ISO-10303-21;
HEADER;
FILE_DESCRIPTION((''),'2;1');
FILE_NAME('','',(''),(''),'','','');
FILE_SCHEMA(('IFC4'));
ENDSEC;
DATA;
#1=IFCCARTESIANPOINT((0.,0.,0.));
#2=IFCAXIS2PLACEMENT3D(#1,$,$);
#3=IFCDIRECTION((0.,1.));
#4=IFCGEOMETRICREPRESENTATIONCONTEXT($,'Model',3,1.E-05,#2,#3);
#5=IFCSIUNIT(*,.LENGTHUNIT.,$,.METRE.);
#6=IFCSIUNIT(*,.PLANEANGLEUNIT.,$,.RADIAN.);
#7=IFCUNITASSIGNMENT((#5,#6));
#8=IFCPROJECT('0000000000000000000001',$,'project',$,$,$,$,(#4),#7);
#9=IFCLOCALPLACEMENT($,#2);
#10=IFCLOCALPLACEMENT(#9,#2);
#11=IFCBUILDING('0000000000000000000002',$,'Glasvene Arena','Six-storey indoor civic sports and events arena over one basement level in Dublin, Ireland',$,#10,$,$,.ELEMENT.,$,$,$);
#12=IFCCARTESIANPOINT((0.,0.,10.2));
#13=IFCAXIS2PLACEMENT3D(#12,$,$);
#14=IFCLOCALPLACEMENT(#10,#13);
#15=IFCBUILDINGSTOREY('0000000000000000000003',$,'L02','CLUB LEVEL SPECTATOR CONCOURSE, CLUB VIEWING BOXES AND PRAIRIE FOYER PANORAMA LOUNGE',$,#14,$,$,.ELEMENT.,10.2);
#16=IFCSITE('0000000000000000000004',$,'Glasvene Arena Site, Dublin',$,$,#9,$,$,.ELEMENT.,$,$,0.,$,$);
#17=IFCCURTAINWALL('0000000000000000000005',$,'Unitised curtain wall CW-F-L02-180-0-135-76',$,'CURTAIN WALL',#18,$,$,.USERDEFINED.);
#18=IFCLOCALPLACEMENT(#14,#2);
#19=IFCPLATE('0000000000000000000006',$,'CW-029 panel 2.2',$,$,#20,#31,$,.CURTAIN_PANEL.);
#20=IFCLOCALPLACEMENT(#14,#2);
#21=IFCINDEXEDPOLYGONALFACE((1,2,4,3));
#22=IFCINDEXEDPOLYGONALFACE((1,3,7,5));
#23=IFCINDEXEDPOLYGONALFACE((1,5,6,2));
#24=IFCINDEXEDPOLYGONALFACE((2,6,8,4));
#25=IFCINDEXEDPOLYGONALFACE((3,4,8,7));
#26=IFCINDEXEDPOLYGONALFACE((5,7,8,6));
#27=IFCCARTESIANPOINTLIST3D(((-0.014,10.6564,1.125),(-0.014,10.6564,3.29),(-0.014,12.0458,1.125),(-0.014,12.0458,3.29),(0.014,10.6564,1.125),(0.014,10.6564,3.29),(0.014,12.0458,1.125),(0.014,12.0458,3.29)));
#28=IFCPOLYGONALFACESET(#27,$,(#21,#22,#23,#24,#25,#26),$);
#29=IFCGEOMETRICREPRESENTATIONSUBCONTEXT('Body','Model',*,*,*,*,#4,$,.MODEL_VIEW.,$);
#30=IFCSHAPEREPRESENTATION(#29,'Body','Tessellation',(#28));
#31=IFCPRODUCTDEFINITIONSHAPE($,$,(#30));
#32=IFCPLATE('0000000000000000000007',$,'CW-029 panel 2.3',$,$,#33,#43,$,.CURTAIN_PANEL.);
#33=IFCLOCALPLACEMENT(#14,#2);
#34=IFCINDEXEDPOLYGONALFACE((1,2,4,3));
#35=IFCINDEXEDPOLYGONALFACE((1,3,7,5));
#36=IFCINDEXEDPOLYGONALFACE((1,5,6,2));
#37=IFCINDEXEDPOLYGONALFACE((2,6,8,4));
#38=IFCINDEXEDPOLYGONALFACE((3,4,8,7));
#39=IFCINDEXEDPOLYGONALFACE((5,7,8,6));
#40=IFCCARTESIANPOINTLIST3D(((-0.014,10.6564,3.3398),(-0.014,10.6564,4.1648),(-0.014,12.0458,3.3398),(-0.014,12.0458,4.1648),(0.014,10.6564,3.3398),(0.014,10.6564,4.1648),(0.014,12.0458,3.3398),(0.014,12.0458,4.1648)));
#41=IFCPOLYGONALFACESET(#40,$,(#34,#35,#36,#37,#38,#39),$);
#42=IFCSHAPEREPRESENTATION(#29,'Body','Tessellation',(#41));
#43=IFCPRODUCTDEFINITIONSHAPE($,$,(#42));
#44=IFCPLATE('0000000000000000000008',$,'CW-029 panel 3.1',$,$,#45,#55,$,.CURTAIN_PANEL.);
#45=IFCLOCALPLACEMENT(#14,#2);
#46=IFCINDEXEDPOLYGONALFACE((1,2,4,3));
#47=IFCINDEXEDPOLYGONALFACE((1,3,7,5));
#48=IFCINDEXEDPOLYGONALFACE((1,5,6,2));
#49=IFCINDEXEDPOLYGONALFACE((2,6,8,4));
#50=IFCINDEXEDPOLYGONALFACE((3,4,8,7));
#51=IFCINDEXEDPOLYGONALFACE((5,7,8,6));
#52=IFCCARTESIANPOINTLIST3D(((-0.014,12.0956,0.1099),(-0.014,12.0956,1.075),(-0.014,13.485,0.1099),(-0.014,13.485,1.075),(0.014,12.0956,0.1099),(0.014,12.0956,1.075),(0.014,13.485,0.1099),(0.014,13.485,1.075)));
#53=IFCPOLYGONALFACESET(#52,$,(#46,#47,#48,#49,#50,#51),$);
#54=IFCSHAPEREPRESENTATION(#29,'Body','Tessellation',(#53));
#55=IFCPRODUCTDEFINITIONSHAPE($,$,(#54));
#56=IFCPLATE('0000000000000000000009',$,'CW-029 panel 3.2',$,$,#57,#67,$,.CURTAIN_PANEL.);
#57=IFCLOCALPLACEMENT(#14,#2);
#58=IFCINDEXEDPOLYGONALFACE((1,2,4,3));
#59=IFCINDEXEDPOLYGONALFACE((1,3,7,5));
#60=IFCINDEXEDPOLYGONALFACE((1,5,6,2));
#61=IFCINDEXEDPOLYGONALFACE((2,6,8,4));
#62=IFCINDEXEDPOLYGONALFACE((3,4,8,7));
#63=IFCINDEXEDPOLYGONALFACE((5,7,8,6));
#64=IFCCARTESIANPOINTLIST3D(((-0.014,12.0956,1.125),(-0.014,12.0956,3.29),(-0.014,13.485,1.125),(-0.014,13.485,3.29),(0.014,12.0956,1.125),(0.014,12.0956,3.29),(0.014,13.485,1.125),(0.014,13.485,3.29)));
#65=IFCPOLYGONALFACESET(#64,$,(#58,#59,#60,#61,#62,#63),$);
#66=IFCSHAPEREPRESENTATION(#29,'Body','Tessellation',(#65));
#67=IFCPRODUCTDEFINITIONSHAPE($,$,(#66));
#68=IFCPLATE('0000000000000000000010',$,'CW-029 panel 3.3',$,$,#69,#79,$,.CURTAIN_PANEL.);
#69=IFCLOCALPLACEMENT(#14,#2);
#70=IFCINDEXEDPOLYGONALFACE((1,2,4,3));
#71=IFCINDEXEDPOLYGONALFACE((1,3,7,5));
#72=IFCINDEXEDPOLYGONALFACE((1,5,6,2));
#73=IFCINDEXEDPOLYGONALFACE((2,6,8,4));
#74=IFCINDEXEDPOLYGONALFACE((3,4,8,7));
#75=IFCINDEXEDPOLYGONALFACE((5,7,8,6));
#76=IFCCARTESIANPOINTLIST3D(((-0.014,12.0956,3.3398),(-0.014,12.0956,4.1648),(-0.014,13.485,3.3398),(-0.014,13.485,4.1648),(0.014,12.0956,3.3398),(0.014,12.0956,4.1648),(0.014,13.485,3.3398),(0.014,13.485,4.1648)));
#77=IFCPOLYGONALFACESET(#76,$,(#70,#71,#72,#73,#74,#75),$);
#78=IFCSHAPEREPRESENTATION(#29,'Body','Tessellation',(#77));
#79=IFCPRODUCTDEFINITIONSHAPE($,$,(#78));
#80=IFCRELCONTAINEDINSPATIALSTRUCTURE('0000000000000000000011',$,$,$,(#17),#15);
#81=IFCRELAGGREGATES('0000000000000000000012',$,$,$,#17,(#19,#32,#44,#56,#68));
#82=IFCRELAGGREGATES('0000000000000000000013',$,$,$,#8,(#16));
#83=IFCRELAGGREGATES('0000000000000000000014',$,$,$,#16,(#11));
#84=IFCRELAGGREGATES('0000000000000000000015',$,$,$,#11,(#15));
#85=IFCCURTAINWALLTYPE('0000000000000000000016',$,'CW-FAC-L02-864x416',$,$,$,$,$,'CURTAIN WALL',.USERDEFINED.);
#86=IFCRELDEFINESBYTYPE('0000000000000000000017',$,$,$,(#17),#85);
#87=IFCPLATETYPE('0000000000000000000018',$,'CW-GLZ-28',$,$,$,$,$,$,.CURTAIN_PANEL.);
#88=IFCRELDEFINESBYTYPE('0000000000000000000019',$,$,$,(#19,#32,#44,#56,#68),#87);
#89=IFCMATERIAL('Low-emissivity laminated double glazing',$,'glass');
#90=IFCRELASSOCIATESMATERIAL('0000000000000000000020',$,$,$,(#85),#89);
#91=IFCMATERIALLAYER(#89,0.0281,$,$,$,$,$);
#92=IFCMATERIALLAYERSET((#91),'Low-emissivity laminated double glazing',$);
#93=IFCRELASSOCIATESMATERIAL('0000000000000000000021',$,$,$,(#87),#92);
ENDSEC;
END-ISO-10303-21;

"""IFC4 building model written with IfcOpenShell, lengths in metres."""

from ifc_helpers import new_model, si_unit, direction, frame, origin, origin_2d, place, context, subcontext, project, spatial, rectangle, extrude, material, layer, layer_set, type_object, element, aggregate, save


model = new_model("IFC4")

# Units and contexts
model_context = context("Model", 3, precision=1e-05, world=origin(), true_north=direction((0.0, 1.0)))
body_context = subcontext(model_context, "Body", "Model", "MODEL_VIEW")
ifc_project = project(units=[si_unit("LENGTHUNIT", "METRE"), si_unit("PLANEANGLEUNIT", "RADIAN")], contexts=[model_context])

# Site, building, storey
site_placement = place(None, origin())
site = spatial("IfcSite", under=ifc_project, at=site_placement, Name="Glasvene Arena Site, Dublin", CompositionType="ELEMENT", RefElevation=0.0)
building_placement = place(site_placement, origin())
building = spatial("IfcBuilding", under=site, at=building_placement, Name="Glasvene Arena", Description="Six-storey indoor civic sports and events arena over one basement level in Dublin, Ireland", CompositionType="ELEMENT")
storey_placement = place(building_placement, frame((0.0, 0.0, 10.2)))
storey = spatial("IfcBuildingStorey", under=building, at=storey_placement, Name="L02", Description="CLUB LEVEL SPECTATOR CONCOURSE, CLUB VIEWING BOXES AND PRAIRIE FOYER PANORAMA LOUNGE", CompositionType="ELEMENT", Elevation=10.2)

# Curtain wall, plates
ifc_material_1 = material(Name="Low-emissivity laminated double glazing", Category="glass")
curtain_wall_type = type_object("IfcCurtainWallType", Name="CW-FAC-L02-864x416", ElementType="CURTAIN WALL", PredefinedType="USERDEFINED", material=ifc_material_1)
curtain_wall_placement = place(storey_placement, frame((0.0, 9.1919, 0.0)))
curtain_wall = element("IfcCurtainWall", 1, at=curtain_wall_placement, inside=storey, type_object=curtain_wall_type, Name="Unitised curtain wall CW-F-L02-180-0-135-76", ObjectType="CURTAIN WALL", PredefinedType="USERDEFINED")
ifc_layer = layer(ifc_material_1, 0.0281)
ifc_layer_set = layer_set([ifc_layer], Name="Low-emissivity laminated double glazing")
plate_type = type_object("IfcPlateType", Name="CW-GLZ-28", PredefinedType="CURTAIN_PANEL", material=ifc_layer_set)
plate_1_placement = place(storey_placement, frame((0.0, 11.3511, 1.125), z_axis=(0.0, 0.0, 1.0), x_axis=(0.0, 1.0, 0.0)))
plate_1 = element("IfcPlate", 2, at=plate_1_placement, type_object=plate_type, Name="CW-029 panel 2.2", PredefinedType="CURTAIN_PANEL", context=body_context, shape_type="SweptSolid", body=[
    extrude(rectangle(XDim=1.3894, YDim=0.0281, at=origin_2d()), origin(), (0.0, 0.0, 1.0), 2.165),
])
plate_2_placement = place(storey_placement, frame((0.0, 11.3511, 3.3398), z_axis=(0.0, 0.0, 1.0), x_axis=(0.0, 1.0, 0.0)))
plate_2 = element("IfcPlate", 3, at=plate_2_placement, type_object=plate_type, Name="CW-029 panel 2.3", PredefinedType="CURTAIN_PANEL", context=body_context, shape_type="SweptSolid", body=[
    extrude(rectangle(XDim=1.3894, YDim=0.0281, at=origin_2d()), origin(), (0.0, 0.0, 1.0), 0.825),
])
plate_3_placement = place(storey_placement, frame((0.0, 12.7903, 0.1099), z_axis=(0.0, 0.0, 1.0), x_axis=(0.0, 1.0, 0.0)))
plate_3 = element("IfcPlate", 4, at=plate_3_placement, type_object=plate_type, Name="CW-029 panel 3.1", PredefinedType="CURTAIN_PANEL", context=body_context, shape_type="SweptSolid", body=[
    extrude(rectangle(XDim=1.3894, YDim=0.0281, at=origin_2d()), origin(), (0.0, 0.0, 1.0), 0.9651),
])
plate_4_placement = place(storey_placement, frame((0.0, 12.7903, 1.125), z_axis=(0.0, 0.0, 1.0), x_axis=(0.0, 1.0, 0.0)))
plate_4 = element("IfcPlate", 5, at=plate_4_placement, type_object=plate_type, Name="CW-029 panel 3.2", PredefinedType="CURTAIN_PANEL", context=body_context, shape_type="SweptSolid", body=[
    extrude(rectangle(XDim=1.3894, YDim=0.0281, at=origin_2d()), origin(), (0.0, 0.0, 1.0), 2.165),
])
plate_5_placement = place(storey_placement, frame((0.0, 12.7903, 3.3398), z_axis=(0.0, 0.0, 1.0), x_axis=(0.0, 1.0, 0.0)))
plate_5 = element("IfcPlate", 6, at=plate_5_placement, type_object=plate_type, Name="CW-029 panel 3.3", PredefinedType="CURTAIN_PANEL", context=body_context, shape_type="SweptSolid", body=[
    extrude(rectangle(XDim=1.3894, YDim=0.0281, at=origin_2d()), origin(), (0.0, 0.0, 1.0), 0.825),
])
aggregate(curtain_wall, [plate_1, plate_2, plate_3, plate_4, plate_5])

save(model, "model.ifc")
